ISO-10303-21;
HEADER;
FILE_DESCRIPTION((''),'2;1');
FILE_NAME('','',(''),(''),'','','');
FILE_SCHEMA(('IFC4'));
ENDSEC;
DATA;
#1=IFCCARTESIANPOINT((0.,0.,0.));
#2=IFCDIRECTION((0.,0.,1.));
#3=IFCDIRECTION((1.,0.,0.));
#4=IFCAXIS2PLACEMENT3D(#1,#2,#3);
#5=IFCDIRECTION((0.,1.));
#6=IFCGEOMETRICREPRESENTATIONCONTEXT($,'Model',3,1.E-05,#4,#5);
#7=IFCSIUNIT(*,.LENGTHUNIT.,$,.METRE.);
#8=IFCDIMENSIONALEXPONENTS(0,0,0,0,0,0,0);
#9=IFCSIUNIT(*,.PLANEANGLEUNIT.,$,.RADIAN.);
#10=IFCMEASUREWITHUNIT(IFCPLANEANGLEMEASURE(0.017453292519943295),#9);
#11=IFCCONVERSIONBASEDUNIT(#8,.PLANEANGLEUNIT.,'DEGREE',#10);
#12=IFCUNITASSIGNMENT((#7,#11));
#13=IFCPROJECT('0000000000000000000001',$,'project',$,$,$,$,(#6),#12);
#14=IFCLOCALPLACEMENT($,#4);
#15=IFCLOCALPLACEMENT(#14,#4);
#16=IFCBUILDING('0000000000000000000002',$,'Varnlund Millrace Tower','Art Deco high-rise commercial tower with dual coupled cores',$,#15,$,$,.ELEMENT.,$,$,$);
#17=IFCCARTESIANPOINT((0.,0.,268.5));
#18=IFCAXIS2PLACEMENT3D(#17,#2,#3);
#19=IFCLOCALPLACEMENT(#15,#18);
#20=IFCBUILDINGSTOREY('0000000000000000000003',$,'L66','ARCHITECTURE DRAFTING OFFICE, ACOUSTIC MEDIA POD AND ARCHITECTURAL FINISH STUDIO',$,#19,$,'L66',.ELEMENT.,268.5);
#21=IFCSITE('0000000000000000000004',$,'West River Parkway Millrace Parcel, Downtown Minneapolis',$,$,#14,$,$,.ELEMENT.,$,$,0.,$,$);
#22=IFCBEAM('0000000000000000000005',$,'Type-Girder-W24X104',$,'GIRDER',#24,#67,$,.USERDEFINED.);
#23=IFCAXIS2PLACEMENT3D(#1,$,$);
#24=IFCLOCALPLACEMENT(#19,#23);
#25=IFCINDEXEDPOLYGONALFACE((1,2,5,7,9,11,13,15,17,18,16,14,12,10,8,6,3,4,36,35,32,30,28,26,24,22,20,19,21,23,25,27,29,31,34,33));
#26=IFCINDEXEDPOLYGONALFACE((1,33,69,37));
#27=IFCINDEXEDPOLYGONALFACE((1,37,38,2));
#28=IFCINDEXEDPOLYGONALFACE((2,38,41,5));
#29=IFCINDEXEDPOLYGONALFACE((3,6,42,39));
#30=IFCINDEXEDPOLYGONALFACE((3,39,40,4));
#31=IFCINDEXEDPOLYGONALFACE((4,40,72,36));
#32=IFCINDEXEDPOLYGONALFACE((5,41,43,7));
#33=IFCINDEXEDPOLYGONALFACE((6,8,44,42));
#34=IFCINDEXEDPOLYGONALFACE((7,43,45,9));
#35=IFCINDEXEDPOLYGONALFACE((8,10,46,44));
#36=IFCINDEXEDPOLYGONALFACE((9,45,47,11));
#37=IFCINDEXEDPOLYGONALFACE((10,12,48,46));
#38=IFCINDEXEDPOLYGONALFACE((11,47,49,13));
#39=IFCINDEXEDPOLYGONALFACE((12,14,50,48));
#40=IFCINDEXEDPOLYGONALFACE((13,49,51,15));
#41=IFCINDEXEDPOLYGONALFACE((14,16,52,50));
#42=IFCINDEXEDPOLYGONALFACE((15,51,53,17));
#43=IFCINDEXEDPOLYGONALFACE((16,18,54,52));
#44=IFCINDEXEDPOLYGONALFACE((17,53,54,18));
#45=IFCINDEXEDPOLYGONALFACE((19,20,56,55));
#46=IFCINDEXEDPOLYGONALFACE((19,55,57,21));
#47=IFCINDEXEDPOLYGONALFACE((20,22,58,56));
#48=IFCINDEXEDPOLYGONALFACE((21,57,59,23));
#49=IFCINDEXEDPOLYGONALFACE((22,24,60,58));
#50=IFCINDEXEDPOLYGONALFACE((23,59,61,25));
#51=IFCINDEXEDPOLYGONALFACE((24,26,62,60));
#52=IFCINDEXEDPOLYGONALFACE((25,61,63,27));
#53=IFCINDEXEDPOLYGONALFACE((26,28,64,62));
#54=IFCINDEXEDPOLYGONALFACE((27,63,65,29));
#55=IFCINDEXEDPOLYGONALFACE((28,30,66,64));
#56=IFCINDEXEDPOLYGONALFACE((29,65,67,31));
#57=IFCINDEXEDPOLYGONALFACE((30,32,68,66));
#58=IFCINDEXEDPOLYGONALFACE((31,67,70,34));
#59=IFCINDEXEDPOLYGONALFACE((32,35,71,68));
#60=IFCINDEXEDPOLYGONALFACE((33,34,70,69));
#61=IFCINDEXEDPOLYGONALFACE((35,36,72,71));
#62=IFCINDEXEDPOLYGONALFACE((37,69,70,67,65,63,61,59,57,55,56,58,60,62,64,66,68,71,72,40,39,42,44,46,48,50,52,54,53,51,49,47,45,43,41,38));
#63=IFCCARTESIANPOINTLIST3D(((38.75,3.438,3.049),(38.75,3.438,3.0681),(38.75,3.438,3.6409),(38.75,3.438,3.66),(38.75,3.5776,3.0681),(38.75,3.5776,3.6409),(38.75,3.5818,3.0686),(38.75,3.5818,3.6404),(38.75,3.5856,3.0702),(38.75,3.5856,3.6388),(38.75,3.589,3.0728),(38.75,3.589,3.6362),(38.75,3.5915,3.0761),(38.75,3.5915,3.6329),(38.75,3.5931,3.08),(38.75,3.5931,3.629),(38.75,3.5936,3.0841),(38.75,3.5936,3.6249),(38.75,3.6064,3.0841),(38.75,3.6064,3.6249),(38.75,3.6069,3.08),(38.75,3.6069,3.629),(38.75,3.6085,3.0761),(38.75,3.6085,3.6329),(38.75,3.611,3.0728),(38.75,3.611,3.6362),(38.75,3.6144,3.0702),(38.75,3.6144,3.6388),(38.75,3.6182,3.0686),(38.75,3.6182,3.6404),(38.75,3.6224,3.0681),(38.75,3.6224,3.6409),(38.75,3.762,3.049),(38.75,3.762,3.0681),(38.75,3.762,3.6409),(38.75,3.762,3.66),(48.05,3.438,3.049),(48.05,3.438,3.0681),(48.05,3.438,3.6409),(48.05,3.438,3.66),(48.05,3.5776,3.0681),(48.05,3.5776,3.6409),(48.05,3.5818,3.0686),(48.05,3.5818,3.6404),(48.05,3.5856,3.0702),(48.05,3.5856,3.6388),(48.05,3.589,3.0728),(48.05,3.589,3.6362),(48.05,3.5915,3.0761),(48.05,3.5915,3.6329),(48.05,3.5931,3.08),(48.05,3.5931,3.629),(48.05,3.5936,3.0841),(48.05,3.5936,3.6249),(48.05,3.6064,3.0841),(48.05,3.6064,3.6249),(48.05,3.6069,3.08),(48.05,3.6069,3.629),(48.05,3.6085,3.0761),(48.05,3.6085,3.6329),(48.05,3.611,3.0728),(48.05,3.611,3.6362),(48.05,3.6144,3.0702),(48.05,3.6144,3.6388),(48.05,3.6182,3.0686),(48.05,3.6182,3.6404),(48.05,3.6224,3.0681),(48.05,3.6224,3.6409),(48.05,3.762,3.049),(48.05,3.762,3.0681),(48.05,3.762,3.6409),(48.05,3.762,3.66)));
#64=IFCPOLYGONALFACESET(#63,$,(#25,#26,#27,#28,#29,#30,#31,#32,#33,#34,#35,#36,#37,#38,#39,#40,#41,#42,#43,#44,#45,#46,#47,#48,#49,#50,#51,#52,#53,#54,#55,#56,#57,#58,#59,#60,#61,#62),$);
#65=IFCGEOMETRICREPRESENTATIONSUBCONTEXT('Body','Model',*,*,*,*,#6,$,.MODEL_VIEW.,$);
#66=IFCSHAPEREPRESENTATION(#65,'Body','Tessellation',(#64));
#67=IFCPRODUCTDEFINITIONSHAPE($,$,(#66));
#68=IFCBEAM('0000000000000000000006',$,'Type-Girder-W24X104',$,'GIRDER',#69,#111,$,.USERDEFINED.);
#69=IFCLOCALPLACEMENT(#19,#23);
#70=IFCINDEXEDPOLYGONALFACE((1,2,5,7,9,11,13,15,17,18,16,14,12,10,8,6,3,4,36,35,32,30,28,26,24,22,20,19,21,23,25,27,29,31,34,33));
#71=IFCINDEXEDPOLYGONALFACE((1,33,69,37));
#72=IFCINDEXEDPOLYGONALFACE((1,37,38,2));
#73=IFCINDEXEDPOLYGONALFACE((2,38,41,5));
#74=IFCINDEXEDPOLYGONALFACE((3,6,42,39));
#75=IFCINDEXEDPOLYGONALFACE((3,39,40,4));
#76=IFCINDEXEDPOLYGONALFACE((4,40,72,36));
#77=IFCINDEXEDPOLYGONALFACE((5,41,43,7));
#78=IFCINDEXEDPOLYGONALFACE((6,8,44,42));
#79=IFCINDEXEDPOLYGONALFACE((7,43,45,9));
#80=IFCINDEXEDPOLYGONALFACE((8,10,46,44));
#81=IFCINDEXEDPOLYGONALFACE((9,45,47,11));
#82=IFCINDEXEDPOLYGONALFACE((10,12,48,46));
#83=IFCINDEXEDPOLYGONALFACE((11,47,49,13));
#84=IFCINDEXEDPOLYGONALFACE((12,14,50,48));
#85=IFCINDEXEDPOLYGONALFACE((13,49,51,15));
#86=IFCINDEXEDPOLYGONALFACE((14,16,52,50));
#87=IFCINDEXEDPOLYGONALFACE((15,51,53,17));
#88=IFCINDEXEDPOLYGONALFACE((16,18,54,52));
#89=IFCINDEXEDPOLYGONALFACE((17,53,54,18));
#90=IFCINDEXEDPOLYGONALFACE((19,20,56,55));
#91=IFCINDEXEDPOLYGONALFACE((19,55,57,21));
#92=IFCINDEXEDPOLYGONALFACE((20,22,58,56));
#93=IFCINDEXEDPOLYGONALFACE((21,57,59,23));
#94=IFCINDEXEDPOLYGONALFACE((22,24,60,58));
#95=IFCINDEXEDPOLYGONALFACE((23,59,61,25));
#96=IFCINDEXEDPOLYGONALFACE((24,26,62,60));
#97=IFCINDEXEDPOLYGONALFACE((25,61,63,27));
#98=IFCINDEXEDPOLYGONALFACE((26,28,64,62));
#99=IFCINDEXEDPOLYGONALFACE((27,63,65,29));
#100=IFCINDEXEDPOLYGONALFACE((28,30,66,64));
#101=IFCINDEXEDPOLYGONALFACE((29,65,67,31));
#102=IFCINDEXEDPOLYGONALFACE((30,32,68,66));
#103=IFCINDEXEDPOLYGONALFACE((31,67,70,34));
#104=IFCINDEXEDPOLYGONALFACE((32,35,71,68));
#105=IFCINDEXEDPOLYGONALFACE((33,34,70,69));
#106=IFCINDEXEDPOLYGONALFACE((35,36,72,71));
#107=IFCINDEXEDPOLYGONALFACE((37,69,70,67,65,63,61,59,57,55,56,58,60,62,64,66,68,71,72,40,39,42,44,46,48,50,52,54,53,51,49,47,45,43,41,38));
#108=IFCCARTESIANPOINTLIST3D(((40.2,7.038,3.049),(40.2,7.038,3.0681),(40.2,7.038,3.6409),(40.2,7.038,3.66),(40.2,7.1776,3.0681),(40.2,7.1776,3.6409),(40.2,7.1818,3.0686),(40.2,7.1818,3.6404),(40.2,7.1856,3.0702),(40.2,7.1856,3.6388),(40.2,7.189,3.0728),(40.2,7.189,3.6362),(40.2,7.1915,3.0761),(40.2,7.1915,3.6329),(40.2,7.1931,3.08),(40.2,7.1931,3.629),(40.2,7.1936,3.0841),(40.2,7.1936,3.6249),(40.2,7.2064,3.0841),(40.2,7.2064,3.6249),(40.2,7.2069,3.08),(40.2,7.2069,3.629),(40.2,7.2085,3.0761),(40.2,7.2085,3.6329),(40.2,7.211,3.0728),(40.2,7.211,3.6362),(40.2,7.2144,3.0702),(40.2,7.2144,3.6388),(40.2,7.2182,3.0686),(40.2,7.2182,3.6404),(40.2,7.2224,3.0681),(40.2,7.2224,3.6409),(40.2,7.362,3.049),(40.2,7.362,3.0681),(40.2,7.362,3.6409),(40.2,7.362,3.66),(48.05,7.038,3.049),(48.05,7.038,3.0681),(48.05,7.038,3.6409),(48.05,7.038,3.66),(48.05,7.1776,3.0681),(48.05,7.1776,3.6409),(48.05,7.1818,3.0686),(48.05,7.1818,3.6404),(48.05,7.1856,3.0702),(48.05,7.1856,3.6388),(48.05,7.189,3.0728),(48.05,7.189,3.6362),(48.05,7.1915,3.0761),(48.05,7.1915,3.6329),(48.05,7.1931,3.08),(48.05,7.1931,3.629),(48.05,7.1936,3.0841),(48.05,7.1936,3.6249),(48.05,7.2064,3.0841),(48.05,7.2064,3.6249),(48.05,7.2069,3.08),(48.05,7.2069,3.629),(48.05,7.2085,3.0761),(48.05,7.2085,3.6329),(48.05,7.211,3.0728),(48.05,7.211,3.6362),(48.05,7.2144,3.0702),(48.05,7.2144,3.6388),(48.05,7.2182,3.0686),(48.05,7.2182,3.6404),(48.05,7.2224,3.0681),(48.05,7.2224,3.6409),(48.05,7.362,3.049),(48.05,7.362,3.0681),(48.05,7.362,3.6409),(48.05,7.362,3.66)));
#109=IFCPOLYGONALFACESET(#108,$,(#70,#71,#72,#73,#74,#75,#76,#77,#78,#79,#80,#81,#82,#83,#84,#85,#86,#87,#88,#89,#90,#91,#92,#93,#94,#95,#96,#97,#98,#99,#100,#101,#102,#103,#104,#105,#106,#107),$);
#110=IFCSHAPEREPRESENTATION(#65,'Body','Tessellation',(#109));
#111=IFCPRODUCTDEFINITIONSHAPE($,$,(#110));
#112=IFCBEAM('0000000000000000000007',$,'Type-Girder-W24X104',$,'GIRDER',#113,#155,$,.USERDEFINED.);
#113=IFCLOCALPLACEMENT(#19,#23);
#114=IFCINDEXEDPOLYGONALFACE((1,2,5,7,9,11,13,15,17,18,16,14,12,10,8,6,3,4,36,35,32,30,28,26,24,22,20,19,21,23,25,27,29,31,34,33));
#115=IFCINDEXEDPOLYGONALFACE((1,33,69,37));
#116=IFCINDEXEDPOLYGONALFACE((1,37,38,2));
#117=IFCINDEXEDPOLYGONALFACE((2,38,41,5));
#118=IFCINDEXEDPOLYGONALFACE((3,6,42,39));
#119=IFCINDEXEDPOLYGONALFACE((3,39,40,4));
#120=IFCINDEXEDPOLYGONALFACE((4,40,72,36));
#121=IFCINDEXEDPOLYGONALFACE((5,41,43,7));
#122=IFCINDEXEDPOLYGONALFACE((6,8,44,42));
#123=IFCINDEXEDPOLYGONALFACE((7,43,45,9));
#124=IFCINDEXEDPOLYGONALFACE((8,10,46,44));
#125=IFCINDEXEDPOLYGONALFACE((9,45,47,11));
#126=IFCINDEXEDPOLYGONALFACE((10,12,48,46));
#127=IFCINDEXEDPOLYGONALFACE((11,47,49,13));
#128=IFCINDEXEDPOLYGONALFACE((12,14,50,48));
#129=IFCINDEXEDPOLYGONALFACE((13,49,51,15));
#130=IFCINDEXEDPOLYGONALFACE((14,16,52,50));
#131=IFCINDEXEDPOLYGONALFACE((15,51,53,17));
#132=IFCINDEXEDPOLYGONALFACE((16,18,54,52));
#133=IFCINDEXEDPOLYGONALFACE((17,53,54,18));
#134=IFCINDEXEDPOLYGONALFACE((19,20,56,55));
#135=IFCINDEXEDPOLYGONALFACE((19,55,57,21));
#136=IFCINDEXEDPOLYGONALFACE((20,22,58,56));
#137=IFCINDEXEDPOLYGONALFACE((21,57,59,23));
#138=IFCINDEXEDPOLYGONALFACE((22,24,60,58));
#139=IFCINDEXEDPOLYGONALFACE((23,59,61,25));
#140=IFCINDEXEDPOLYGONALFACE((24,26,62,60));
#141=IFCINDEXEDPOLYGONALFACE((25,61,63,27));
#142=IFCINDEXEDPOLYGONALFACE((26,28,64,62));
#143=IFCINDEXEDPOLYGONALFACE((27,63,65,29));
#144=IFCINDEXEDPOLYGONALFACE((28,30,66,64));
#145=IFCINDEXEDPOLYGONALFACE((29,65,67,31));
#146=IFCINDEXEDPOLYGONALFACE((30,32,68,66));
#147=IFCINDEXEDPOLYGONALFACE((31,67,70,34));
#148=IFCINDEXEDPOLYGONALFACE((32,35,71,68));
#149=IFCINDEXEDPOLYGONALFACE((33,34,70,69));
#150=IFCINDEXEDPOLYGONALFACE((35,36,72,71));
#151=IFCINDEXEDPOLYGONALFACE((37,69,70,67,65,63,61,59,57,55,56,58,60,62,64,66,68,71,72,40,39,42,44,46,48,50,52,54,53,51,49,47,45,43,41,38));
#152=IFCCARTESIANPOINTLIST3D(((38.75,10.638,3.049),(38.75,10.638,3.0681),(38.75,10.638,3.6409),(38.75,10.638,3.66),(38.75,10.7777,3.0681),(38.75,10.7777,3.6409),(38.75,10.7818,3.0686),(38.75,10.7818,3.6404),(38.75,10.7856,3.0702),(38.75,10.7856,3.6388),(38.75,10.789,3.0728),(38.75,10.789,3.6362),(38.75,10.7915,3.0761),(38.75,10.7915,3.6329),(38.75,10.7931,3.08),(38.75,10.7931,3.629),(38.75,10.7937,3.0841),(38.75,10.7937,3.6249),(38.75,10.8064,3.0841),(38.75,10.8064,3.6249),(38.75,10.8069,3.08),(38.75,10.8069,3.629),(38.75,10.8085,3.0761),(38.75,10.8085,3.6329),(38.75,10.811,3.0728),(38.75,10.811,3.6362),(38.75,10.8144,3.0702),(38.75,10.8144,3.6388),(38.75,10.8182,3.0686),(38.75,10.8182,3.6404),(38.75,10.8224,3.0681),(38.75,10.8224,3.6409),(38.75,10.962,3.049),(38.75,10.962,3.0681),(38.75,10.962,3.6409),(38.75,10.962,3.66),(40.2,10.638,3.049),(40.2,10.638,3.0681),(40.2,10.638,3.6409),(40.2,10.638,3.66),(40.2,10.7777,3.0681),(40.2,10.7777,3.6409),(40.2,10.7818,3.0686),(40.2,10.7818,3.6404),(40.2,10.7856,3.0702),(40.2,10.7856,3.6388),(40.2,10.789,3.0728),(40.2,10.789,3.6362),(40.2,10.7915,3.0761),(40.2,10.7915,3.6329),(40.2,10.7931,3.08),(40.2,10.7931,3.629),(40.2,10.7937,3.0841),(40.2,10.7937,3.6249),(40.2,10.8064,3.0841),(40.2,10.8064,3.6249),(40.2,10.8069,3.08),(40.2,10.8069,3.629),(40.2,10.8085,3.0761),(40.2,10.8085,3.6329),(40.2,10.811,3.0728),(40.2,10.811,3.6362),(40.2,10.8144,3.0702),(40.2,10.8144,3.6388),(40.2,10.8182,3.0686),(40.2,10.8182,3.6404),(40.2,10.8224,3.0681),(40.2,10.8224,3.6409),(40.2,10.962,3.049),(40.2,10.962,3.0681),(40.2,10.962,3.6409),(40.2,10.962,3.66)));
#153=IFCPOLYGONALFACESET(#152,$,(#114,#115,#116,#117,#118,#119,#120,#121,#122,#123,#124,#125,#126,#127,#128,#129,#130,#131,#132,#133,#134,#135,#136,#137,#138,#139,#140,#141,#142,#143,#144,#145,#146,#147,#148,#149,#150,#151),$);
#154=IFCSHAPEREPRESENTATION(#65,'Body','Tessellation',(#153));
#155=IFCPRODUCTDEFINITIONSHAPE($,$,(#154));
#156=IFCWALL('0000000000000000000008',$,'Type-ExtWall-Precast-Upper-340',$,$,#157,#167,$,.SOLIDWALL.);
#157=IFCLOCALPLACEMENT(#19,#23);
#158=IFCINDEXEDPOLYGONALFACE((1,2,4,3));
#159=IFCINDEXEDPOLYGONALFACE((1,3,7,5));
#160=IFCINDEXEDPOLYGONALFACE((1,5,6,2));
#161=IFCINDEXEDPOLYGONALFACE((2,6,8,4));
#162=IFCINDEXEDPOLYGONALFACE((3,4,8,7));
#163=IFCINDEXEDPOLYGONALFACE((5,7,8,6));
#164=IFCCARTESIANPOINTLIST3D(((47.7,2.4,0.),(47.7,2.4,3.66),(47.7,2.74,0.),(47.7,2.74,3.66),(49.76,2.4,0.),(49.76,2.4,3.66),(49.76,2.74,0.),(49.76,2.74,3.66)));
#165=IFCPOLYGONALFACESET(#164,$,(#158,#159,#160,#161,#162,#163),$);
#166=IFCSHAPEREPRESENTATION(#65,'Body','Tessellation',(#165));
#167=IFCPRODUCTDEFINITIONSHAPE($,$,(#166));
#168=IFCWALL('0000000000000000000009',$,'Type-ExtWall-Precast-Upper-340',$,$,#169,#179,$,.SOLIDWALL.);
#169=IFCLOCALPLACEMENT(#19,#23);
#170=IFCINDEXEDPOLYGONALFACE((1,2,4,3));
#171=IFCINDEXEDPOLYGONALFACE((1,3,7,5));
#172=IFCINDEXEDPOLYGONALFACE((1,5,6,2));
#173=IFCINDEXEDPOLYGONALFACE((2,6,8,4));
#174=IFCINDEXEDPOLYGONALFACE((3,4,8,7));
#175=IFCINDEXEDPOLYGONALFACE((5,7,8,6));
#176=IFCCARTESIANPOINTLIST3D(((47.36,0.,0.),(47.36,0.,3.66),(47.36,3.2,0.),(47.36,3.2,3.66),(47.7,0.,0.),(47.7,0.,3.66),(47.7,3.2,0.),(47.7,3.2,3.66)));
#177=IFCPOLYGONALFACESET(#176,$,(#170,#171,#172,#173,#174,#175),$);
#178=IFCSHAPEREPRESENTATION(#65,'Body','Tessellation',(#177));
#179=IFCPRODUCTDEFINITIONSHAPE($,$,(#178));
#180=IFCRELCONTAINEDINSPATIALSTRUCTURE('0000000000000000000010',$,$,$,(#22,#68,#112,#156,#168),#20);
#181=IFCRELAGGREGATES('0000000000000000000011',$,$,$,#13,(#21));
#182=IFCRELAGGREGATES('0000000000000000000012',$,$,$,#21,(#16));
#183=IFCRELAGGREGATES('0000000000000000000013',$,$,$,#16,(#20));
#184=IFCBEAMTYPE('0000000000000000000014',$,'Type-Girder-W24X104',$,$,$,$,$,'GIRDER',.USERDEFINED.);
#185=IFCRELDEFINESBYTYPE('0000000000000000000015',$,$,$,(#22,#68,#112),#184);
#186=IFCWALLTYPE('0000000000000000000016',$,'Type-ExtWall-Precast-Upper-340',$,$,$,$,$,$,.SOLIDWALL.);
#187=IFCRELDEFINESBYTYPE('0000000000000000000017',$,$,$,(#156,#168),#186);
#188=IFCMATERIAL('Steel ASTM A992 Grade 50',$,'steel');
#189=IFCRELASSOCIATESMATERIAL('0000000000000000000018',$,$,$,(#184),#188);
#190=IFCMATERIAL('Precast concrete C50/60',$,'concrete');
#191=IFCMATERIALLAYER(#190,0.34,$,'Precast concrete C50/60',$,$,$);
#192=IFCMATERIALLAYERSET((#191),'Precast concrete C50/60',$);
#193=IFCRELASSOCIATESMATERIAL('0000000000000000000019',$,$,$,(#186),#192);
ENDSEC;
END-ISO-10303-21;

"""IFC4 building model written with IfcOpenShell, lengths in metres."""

from ifc_helpers import new_model, entity, si_unit, converted_unit, direction, frame, origin_with_axes, origin_2d_with_axis, place, context, subcontext, project, spatial, polyline, i_section, outline, extrude, material, layer, layer_set, material_profile, profile_set, type_object, element, save


model = new_model("IFC4")

# Units and contexts
model_context = context("Model", 3, precision=1e-05, world=origin_with_axes(), true_north=direction((0.0, 1.0)))
body_context = subcontext(model_context, "Body", "Model", "MODEL_VIEW")
ifc_project = project(units=[si_unit("LENGTHUNIT", "METRE"), converted_unit("PLANEANGLEUNIT", "DEGREE", entity("IfcPlaneAngleMeasure", 0.017453292519943295), si_unit("PLANEANGLEUNIT", "RADIAN"), dimensions=[0, 0, 0, 0, 0, 0, 0])], contexts=[model_context])

# Site, building, storey
site_placement = place(None, origin_with_axes())
site = spatial("IfcSite", under=ifc_project, at=site_placement, Name="West River Parkway Millrace Parcel, Downtown Minneapolis", CompositionType="ELEMENT", RefElevation=0.0)
building_placement = place(site_placement, origin_with_axes())
building = spatial("IfcBuilding", under=site, at=building_placement, Name="Varnlund Millrace Tower", Description="Art Deco high-rise commercial tower with dual coupled cores", CompositionType="ELEMENT")
storey_placement = place(building_placement, frame((0.0, 0.0, 268.5), z_axis=(0.0, 0.0, 1.0), x_axis=(1.0, 0.0, 0.0)))
storey = spatial("IfcBuildingStorey", under=building, at=storey_placement, Name="L66", Description="ARCHITECTURE DRAFTING OFFICE, ACOUSTIC MEDIA POD AND ARCHITECTURAL FINISH STUDIO", LongName="L66", CompositionType="ELEMENT", Elevation=268.5)

# Beams
ifc_material_1 = material(Name="Steel ASTM A992 Grade 50", Category="steel")
ifc_material_profile_1 = material_profile(ifc_material_1, i_section(OverallWidth=0.324, OverallDepth=0.611, WebThickness=0.0127, FlangeThickness=0.0191, FilletRadius=0.016, at=origin_2d_with_axis()), Name="Steel ASTM A992 Grade 50")
ifc_profile_set_1 = profile_set([ifc_material_profile_1], Name="Steel ASTM A992 Grade 50")
beam_type_1 = type_object("IfcBeamType", Name="Type-Girder-W24X104", ElementType="GIRDER", PredefinedType="USERDEFINED", material=ifc_profile_set_1)
beam_1_placement = place(storey_placement, frame((38.75, 3.6, 3.3545), z_axis=(1.0, 0.0, 0.0), x_axis=(0.0, 1.0, 0.0)))
element("IfcBeam", 1, at=beam_1_placement, inside=storey, type_object=beam_type_1, Name="Type-Girder-W24X104", ObjectType="GIRDER", PredefinedType="USERDEFINED", context=body_context, shape_type="SweptSolid", body=[
    extrude(i_section(OverallWidth=0.324, OverallDepth=0.611, WebThickness=0.0127, FlangeThickness=0.0191, FilletRadius=0.016, at=origin_2d_with_axis()), origin_with_axes(), (0.0, 0.0, 1.0), 9.3),
])
beam_2_placement = place(storey_placement, frame((40.2, 7.2, 3.3545), z_axis=(1.0, 0.0, 0.0), x_axis=(0.0, 1.0, 0.0)))
element("IfcBeam", 2, at=beam_2_placement, inside=storey, type_object=beam_type_1, Name="Type-Girder-W24X104", ObjectType="GIRDER", PredefinedType="USERDEFINED", context=body_context, shape_type="SweptSolid", body=[
    extrude(i_section(OverallWidth=0.324, OverallDepth=0.611, WebThickness=0.0127, FlangeThickness=0.0191, FilletRadius=0.016, at=origin_2d_with_axis()), origin_with_axes(), (0.0, 0.0, 1.0), 7.85),
])
beam_3_placement = place(storey_placement, frame((38.75, 10.8, 3.3545), z_axis=(1.0, 0.0, 0.0), x_axis=(0.0, 1.0, 0.0)))
element("IfcBeam", 3, at=beam_3_placement, inside=storey, type_object=beam_type_1, Name="Type-Girder-W24X104", ObjectType="GIRDER", PredefinedType="USERDEFINED", context=body_context, shape_type="SweptSolid", body=[
    extrude(i_section(OverallWidth=0.324, OverallDepth=0.611, WebThickness=0.0127, FlangeThickness=0.0191, FilletRadius=0.016, at=origin_2d_with_axis()), origin_with_axes(), (0.0, 0.0, 1.0), 1.45),
])

# Walls
ifc_material_2 = material(Name="Precast concrete C50/60", Category="concrete")
ifc_layer_1 = layer(ifc_material_2, 0.34, Name="Precast concrete C50/60")
ifc_layer_set_1 = layer_set([ifc_layer_1], Name="Precast concrete C50/60")
wall_type_1 = type_object("IfcWallType", Name="Type-ExtWall-Precast-Upper-340", PredefinedType="SOLIDWALL", material=ifc_layer_set_1)
wall_1_placement = place(storey_placement, frame((49.76, 2.57, 0.0), z_axis=(0.0, 0.0, 1.0), x_axis=(-1.0, 0.0, 0.0)))
element("IfcWall", 4, at=wall_1_placement, inside=storey, type_object=wall_type_1, Name="Type-ExtWall-Precast-Upper-340", PredefinedType="SOLIDWALL", context=body_context, shape_type="SweptSolid", body=[
    extrude(outline(polyline([(0.0, -0.17), (2.06, -0.17), (2.06, 0.17), (0.0, 0.17), (0.0, -0.17)])), origin_with_axes(), (0.0, 0.0, 1.0), 3.66),
])
wall_2_placement = place(storey_placement, frame((47.53, 3.2, 0.0), z_axis=(0.0, 0.0, 1.0), x_axis=(0.0, -1.0, 0.0)))
element("IfcWall", 5, at=wall_2_placement, inside=storey, type_object=wall_type_1, Name="Type-ExtWall-Precast-Upper-340", PredefinedType="SOLIDWALL", context=body_context, shape_type="SweptSolid", body=[
    extrude(outline(polyline([(0.0, -0.17), (3.2, -0.17), (3.2, 0.17), (0.0, 0.17), (0.0, -0.17)])), origin_with_axes(), (0.0, 0.0, 1.0), 3.66),
])

save(model, "model.ifc")
